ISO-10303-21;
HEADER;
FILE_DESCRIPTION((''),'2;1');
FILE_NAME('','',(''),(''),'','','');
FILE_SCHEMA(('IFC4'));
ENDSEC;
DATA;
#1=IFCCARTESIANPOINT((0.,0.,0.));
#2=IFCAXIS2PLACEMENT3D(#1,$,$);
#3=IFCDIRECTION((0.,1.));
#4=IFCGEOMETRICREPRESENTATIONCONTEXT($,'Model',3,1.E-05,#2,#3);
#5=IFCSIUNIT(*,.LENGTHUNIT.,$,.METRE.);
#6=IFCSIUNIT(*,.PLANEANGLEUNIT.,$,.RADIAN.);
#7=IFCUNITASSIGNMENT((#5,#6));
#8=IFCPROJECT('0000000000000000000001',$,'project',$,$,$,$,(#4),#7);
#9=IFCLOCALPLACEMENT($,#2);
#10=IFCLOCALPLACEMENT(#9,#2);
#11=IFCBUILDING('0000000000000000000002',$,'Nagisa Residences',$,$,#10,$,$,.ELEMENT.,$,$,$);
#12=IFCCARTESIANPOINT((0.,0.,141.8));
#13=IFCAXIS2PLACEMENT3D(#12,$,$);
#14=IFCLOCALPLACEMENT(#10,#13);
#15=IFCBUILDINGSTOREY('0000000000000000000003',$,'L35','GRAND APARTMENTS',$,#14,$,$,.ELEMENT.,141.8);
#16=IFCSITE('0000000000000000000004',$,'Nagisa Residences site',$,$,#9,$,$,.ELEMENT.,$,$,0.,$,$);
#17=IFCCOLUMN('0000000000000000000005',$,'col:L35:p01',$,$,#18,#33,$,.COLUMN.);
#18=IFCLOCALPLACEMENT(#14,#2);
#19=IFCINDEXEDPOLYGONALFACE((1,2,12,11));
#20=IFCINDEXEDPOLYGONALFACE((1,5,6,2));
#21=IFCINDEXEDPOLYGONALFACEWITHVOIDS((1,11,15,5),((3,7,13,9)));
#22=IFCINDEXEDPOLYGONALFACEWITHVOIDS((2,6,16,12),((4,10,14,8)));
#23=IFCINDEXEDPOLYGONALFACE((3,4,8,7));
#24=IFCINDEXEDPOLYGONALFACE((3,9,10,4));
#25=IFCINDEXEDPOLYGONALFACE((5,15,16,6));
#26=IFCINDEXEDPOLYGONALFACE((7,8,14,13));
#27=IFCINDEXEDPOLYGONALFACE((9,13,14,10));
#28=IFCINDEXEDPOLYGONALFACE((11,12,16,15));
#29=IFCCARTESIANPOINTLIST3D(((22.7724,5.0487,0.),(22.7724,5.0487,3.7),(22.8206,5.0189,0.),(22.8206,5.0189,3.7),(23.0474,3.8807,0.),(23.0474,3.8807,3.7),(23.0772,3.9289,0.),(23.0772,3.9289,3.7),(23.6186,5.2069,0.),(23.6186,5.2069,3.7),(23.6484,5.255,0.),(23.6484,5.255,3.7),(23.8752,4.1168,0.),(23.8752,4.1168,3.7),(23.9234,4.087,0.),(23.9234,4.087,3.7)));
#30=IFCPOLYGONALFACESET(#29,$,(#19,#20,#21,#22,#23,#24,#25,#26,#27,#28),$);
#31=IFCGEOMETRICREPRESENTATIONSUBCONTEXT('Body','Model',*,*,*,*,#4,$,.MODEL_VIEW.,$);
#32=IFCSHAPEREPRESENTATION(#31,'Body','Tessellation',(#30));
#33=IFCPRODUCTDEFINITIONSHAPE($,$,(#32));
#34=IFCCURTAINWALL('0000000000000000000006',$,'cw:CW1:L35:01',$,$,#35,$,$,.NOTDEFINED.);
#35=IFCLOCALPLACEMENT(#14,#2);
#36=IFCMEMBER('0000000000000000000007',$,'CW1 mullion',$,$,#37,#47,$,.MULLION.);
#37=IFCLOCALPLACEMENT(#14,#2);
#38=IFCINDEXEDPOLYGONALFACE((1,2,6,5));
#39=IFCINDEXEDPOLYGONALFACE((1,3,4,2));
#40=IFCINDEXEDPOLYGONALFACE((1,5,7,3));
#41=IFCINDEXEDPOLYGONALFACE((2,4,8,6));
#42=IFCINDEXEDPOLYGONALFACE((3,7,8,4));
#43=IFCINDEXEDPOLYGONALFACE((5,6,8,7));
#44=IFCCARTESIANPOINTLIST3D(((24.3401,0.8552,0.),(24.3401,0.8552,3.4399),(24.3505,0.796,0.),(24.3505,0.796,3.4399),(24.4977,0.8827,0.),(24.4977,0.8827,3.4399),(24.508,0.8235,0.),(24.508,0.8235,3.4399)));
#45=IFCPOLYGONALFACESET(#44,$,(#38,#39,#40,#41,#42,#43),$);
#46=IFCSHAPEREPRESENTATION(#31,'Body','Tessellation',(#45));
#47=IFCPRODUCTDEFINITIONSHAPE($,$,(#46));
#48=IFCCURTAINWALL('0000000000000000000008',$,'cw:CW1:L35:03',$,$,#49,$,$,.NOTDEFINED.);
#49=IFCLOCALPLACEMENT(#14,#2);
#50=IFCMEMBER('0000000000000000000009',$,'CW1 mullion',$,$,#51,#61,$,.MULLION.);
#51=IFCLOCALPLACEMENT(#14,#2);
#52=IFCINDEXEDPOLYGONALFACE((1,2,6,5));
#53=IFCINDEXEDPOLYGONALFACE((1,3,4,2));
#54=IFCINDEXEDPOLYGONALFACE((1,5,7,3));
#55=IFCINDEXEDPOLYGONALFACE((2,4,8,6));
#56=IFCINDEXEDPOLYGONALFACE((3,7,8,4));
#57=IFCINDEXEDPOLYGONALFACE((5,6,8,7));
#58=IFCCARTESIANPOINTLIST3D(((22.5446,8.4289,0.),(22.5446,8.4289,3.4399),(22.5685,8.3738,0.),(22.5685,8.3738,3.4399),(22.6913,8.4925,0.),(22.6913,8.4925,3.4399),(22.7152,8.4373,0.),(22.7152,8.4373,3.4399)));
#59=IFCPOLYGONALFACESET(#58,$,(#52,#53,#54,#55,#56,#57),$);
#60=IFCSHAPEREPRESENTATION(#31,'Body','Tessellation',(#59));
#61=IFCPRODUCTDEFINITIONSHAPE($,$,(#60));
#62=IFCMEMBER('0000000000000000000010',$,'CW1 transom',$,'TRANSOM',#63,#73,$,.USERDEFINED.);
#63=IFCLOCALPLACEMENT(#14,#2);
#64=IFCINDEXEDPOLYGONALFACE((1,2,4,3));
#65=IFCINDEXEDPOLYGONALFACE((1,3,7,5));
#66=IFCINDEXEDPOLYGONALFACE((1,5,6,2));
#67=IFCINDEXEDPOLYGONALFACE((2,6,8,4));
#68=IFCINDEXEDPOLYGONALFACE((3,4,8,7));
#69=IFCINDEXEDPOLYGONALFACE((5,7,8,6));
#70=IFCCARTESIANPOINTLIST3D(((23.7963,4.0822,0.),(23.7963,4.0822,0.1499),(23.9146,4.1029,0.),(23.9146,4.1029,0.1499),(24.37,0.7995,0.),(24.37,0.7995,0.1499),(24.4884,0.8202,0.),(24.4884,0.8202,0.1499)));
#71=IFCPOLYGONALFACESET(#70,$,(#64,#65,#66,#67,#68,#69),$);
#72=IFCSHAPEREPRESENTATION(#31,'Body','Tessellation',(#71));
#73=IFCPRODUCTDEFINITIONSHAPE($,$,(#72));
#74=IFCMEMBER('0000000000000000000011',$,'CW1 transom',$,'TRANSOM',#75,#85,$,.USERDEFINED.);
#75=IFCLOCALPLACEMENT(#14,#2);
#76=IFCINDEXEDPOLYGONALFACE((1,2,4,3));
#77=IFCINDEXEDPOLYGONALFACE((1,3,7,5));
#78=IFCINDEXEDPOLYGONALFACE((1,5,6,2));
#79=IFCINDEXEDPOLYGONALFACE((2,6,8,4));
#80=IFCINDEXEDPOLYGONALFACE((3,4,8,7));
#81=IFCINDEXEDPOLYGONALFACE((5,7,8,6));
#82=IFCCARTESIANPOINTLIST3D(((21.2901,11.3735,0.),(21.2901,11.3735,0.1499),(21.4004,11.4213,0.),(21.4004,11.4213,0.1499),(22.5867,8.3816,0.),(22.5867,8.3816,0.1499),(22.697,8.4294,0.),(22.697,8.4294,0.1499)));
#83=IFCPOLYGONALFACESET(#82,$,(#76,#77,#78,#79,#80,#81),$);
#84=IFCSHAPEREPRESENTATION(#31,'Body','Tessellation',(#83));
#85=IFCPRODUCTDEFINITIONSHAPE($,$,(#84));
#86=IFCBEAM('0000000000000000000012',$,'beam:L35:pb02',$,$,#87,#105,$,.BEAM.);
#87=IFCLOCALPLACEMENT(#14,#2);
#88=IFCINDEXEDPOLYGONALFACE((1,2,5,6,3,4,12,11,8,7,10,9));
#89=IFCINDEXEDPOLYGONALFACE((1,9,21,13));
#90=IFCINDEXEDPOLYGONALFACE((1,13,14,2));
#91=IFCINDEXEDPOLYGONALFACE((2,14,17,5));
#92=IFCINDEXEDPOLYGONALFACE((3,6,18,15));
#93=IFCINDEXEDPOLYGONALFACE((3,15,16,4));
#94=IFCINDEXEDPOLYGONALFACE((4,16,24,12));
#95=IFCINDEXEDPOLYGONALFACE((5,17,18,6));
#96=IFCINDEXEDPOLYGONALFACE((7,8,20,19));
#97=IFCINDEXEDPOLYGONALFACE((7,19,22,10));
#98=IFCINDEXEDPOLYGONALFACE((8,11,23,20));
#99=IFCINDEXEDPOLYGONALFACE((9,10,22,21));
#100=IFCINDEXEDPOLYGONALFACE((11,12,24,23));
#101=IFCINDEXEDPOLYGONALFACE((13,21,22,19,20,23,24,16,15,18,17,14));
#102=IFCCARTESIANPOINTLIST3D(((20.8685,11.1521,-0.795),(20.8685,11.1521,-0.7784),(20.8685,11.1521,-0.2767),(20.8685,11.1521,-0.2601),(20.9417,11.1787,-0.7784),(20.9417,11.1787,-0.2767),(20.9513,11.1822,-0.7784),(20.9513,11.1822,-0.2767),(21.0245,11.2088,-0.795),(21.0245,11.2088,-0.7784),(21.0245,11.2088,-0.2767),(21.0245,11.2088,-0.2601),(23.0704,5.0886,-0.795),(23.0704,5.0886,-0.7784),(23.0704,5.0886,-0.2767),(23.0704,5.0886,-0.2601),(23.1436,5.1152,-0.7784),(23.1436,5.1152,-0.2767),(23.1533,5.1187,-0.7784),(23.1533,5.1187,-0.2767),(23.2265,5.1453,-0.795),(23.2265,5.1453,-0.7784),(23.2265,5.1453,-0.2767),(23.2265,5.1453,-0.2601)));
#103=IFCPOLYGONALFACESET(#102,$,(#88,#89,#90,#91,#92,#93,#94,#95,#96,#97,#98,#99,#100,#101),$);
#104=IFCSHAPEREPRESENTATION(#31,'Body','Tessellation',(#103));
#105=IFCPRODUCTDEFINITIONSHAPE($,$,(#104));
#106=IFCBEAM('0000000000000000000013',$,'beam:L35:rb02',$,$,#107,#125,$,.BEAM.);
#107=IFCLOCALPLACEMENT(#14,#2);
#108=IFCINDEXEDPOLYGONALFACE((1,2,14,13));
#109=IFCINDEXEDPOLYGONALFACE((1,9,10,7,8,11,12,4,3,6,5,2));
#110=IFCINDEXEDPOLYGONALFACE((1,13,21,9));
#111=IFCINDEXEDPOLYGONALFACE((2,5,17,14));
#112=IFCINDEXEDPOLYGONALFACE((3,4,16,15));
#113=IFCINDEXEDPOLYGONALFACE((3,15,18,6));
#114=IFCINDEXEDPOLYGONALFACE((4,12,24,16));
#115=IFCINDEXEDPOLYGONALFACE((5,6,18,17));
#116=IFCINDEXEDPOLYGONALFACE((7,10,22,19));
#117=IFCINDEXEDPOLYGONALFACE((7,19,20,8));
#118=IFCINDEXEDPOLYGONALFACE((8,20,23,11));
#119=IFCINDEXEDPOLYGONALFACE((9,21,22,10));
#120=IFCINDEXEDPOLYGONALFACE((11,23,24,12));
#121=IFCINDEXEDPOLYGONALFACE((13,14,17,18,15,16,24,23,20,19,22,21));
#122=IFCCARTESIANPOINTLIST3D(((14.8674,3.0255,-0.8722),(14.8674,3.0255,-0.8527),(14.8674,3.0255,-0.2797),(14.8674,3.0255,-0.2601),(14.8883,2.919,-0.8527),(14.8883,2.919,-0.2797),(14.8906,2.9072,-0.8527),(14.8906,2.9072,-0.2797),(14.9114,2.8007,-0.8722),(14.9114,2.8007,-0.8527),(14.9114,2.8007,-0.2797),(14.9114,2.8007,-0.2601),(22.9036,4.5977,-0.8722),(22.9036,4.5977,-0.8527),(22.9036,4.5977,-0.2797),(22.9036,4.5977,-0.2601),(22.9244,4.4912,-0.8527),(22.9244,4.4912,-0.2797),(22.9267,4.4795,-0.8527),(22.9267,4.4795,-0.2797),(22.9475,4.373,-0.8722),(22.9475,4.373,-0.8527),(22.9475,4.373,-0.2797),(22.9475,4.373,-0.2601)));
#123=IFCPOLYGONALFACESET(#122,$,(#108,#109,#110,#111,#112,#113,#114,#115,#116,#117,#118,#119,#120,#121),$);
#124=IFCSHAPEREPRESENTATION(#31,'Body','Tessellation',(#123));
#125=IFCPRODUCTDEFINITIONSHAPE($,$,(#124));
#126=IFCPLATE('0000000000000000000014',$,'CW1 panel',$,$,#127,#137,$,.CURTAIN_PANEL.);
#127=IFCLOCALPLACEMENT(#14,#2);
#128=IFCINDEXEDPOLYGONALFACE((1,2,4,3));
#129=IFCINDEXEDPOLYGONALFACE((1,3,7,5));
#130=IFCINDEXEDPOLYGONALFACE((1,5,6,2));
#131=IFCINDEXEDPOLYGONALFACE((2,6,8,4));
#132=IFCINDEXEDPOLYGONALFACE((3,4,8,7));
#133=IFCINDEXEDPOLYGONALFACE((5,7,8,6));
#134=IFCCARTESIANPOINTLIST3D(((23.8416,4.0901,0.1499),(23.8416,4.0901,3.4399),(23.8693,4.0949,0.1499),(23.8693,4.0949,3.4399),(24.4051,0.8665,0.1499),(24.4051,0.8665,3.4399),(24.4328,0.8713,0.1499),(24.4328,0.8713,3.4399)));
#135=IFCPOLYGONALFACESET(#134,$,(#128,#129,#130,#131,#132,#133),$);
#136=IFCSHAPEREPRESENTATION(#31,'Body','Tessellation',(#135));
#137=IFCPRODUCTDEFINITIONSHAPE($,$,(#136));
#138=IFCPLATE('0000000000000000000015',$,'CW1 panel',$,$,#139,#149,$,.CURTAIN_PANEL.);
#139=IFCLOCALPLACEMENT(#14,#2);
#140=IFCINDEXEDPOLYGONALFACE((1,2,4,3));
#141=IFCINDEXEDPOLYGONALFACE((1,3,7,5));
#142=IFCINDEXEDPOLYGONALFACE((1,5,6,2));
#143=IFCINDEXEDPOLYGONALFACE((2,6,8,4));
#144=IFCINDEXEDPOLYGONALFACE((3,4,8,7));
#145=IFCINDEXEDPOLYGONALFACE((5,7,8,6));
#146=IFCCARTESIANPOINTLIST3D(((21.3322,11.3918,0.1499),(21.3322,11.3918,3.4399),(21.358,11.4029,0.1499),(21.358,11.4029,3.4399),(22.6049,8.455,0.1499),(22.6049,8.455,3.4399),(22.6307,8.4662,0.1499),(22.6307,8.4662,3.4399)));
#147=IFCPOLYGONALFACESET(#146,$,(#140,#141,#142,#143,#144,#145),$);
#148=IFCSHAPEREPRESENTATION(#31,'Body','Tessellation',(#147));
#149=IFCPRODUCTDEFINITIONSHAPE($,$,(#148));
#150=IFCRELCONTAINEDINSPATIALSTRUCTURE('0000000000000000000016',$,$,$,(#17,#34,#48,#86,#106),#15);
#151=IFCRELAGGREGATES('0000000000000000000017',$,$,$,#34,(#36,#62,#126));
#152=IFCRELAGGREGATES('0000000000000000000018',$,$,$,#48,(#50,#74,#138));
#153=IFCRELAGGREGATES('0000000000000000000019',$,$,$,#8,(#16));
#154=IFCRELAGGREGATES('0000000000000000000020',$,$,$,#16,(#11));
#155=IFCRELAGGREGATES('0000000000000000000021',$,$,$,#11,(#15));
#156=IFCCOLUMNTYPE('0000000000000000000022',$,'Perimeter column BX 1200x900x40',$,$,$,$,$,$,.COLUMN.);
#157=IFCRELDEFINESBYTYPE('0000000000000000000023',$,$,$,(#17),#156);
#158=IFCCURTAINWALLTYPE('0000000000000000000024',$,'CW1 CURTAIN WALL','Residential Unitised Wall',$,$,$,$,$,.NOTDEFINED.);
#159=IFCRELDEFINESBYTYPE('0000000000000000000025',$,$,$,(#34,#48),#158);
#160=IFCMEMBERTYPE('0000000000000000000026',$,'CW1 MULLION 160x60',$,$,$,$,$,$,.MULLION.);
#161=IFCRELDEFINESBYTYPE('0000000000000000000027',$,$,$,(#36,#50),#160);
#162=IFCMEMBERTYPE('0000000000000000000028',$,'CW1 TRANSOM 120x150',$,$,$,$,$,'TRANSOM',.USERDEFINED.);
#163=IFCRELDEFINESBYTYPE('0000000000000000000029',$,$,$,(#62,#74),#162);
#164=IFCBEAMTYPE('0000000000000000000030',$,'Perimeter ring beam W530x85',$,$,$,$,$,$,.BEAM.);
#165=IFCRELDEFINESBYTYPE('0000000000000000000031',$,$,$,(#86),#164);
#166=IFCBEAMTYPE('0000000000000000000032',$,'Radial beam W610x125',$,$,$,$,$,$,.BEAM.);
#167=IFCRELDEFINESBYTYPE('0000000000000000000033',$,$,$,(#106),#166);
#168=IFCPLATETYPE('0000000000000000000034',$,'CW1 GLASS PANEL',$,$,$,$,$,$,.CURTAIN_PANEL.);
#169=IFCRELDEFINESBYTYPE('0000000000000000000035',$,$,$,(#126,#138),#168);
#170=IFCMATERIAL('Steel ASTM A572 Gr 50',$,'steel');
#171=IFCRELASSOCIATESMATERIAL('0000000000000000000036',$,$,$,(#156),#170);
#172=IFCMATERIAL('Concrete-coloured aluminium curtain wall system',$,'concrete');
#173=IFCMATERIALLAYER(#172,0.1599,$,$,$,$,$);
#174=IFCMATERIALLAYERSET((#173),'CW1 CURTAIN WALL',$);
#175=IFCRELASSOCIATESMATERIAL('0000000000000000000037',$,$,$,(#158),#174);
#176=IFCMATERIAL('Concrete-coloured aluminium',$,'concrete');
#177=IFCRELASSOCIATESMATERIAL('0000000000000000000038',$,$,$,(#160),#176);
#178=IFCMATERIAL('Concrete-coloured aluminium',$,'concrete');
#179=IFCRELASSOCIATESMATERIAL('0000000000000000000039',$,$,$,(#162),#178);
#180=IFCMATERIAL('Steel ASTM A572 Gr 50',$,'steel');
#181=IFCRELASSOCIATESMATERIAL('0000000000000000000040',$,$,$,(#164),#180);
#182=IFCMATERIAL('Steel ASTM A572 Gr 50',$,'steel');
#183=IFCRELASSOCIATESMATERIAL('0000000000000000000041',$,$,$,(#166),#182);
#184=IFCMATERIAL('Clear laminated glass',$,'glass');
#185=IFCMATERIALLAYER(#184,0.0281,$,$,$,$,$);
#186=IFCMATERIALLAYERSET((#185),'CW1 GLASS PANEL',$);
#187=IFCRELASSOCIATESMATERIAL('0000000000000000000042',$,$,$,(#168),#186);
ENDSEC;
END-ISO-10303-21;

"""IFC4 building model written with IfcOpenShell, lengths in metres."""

from ifc_helpers import new_model, si_unit, direction, frame, origin, origin_2d, place, context, subcontext, project, spatial, rectangle, hollow_rectangle, i_section, extrude, material, layer, layer_set, material_profile, profile_set, type_object, element, aggregate, save


model = new_model("IFC4")

# Units and contexts
model_context = context("Model", 3, precision=1e-05, world=origin(), true_north=direction((0.0, 1.0)))
body_context = subcontext(model_context, "Body", "Model", "MODEL_VIEW")
ifc_project = project(units=[si_unit("LENGTHUNIT", "METRE"), si_unit("PLANEANGLEUNIT", "RADIAN")], contexts=[model_context])

# Site, building, storey
site_placement = place(None, origin())
site = spatial("IfcSite", under=ifc_project, at=site_placement, Name="Nagisa Residences site", CompositionType="ELEMENT", RefElevation=0.0)
building_placement = place(site_placement, origin())
building = spatial("IfcBuilding", under=site, at=building_placement, Name="Nagisa Residences", CompositionType="ELEMENT")
storey_placement = place(building_placement, frame((0.0, 0.0, 141.8)))
storey = spatial("IfcBuildingStorey", under=building, at=storey_placement, Name="L35", Description="GRAND APARTMENTS", CompositionType="ELEMENT", Elevation=141.8)

# Column
ifc_material_1 = material(Name="Steel ASTM A572 Gr 50", Category="steel")
ifc_material_profile_1 = material_profile(ifc_material_1, hollow_rectangle(XDim=1.2, YDim=0.8999, WallThickness=0.04, at=origin_2d()), Name="BX 1200x900x40")
ifc_profile_set_1 = profile_set([ifc_material_profile_1], Name="Steel ASTM A572 Gr 50")
column_type = type_object("IfcColumnType", Name="Perimeter column BX 1200x900x40", PredefinedType="COLUMN", material=ifc_profile_set_1)
column_placement = place(storey_placement, frame((23.3479, 4.5679, 0.0), z_axis=(0.0, 0.0, 1.0), x_axis=(-0.229202, 0.973379, 0.0)))
element("IfcColumn", 1, at=column_placement, inside=storey, type_object=column_type, Name="col:L35:p01", PredefinedType="COLUMN", context=body_context, shape_type="SweptSolid", body=[
    extrude(hollow_rectangle(XDim=1.2, YDim=0.8999, WallThickness=0.04, at=origin_2d()), origin(), (0.0, 0.0, 1.0), 3.7),
])

# Curtain walls, members
ifc_material_2 = material(Name="Concrete-coloured aluminium curtain wall system", Category="concrete")
ifc_layer_1 = layer(ifc_material_2, 0.1599)
ifc_layer_set_1 = layer_set([ifc_layer_1], Name="CW1 CURTAIN WALL")
curtain_wall_type = type_object("IfcCurtainWallType", Name="CW1 CURTAIN WALL", Description="Residential Unitised Wall", PredefinedType="NOTDEFINED", material=ifc_layer_set_1)
curtain_wall_1_placement = place(storey_placement, origin())
curtain_wall_1 = element("IfcCurtainWall", 2, at=curtain_wall_1_placement, inside=storey, type_object=curtain_wall_type, Name="cw:CW1:L35:01", PredefinedType="NOTDEFINED")
ifc_material_3 = material(Name="Concrete-coloured aluminium", Category="concrete")
ifc_material_profile_2 = material_profile(ifc_material_3, rectangle(XDim=0.1599, YDim=0.0601, at=origin_2d()), Name="CW1 MULLION 160x60")
ifc_profile_set_2 = profile_set([ifc_material_profile_2], Name="Concrete-coloured aluminium")
member_type_1 = type_object("IfcMemberType", Name="CW1 MULLION 160x60", PredefinedType="MULLION", material=ifc_profile_set_2)
member_1_placement = place(storey_placement, frame((24.4241, 0.8394, 0.0), z_axis=(0.0, 0.0, 1.0), x_axis=(-0.985064, -0.172191, 0.0)))
member_1 = element("IfcMember", 3, at=member_1_placement, type_object=member_type_1, Name="CW1 mullion", PredefinedType="MULLION", context=body_context, shape_type="SweptSolid", body=[
    extrude(rectangle(XDim=0.1599, YDim=0.0601, at=origin_2d()), origin(), (0.0, 0.0, 1.0), 3.4399),
])
curtain_wall_2_placement = place(storey_placement, origin())
curtain_wall_2 = element("IfcCurtainWall", 4, at=curtain_wall_2_placement, inside=storey, type_object=curtain_wall_type, Name="cw:CW1:L35:03", PredefinedType="NOTDEFINED")
member_2_placement = place(storey_placement, frame((22.6299, 8.4331, 0.0), z_axis=(0.0, 0.0, 1.0), x_axis=(-0.917543, -0.397636, 0.0)))
member_2 = element("IfcMember", 5, at=member_2_placement, type_object=member_type_1, Name="CW1 mullion", PredefinedType="MULLION", context=body_context, shape_type="SweptSolid", body=[
    extrude(rectangle(XDim=0.1599, YDim=0.0601, at=origin_2d()), origin(), (0.0, 0.0, 1.0), 3.4399),
])

# Members
ifc_material_4 = material(Name="Concrete-coloured aluminium", Category="concrete")
ifc_material_profile_3 = material_profile(ifc_material_4, rectangle(XDim=0.1201, YDim=0.1499, at=origin_2d()), Name="CW1 TRANSOM 120x150")
ifc_profile_set_3 = profile_set([ifc_material_profile_3], Name="Concrete-coloured aluminium")
member_type_2 = type_object("IfcMemberType", Name="CW1 TRANSOM 120x150", ElementType="TRANSOM", PredefinedType="USERDEFINED", material=ifc_profile_set_3)
member_3_placement = place(storey_placement, frame((24.4292, 0.8098, 0.075), z_axis=(-0.172164, 0.985068, 0.0), x_axis=(-0.985068, -0.172164, 0.0)))
member_3 = element("IfcMember", 6, at=member_3_placement, type_object=member_type_2, Name="CW1 transom", ObjectType="TRANSOM", PredefinedType="USERDEFINED", context=body_context, shape_type="SweptSolid", body=[
    extrude(rectangle(XDim=0.1201, YDim=0.1499, at=origin_2d()), origin(), (0.0, 0.0, 1.0), 3.3325),
])
member_4_placement = place(storey_placement, frame((22.6418, 8.4055, 0.075), z_axis=(-0.397639, 0.917542, 0.0), x_axis=(-0.917542, -0.397639, 0.0)))
member_4 = element("IfcMember", 7, at=member_4_placement, type_object=member_type_2, Name="CW1 transom", ObjectType="TRANSOM", PredefinedType="USERDEFINED", context=body_context, shape_type="SweptSolid", body=[
    extrude(rectangle(XDim=0.1201, YDim=0.1499, at=origin_2d()), origin(), (0.0, 0.0, 1.0), 3.2607),
])

# Beams
ifc_material_5 = material(Name="Steel ASTM A572 Gr 50", Category="steel")
ifc_material_profile_4 = material_profile(ifc_material_5, i_section(OverallWidth=0.166, OverallDepth=0.5349, WebThickness=0.0103, FlangeThickness=0.0166, at=origin_2d()), Name="W530x85")
ifc_profile_set_4 = profile_set([ifc_material_profile_4], Name="Steel ASTM A572 Gr 50")
beam_type_1 = type_object("IfcBeamType", Name="Perimeter ring beam W530x85", PredefinedType="BEAM", material=ifc_profile_set_4)
beam_1_placement = place(storey_placement, frame((23.1484, 5.1169, -0.5276), z_axis=(-0.341333, 0.939943, 0.0), x_axis=(-0.939943, -0.341333, 0.0)))
element("IfcBeam", 8, at=beam_1_placement, inside=storey, type_object=beam_type_1, Name="beam:L35:pb02", PredefinedType="BEAM", context=body_context, shape_type="SweptSolid", body=[
    extrude(i_section(OverallWidth=0.166, OverallDepth=0.5349, WebThickness=0.0103, FlangeThickness=0.0166, at=origin_2d()), origin(), (0.0, 0.0, 1.0), 6.4509),
])
ifc_material_6 = material(Name="Steel ASTM A572 Gr 50", Category="steel")
ifc_material_profile_5 = material_profile(ifc_material_6, i_section(OverallWidth=0.229, OverallDepth=0.6121, WebThickness=0.012, FlangeThickness=0.0195, at=origin_2d()), Name="W610x125")
ifc_profile_set_5 = profile_set([ifc_material_profile_5], Name="Steel ASTM A572 Gr 50")
beam_type_2 = type_object("IfcBeamType", Name="Radial beam W610x125", PredefinedType="BEAM", material=ifc_profile_set_5)
beam_2_placement = place(storey_placement, frame((22.9255, 4.4854, -0.5662), z_axis=(-0.981393, -0.192009, 0.0), x_axis=(0.192009, -0.981393, 0.0)))
element("IfcBeam", 9, at=beam_2_placement, inside=storey, type_object=beam_type_2, Name="beam:L35:rb02", PredefinedType="BEAM", context=body_context, shape_type="SweptSolid", body=[
    extrude(i_section(OverallWidth=0.229, OverallDepth=0.6121, WebThickness=0.012, FlangeThickness=0.0195, at=origin_2d()), origin(), (0.0, 0.0, 1.0), 8.1885),
])

# Plates
ifc_material_7 = material(Name="Clear laminated glass", Category="glass")
ifc_layer_2 = layer(ifc_material_7, 0.0281)
ifc_layer_set_2 = layer_set([ifc_layer_2], Name="CW1 GLASS PANEL")
plate_type = type_object("IfcPlateType", Name="CW1 GLASS PANEL", PredefinedType="CURTAIN_PANEL", material=ifc_layer_set_2)
plate_1_placement = place(storey_placement, frame((24.1372, 2.4807, 0.1499), z_axis=(0.0, 0.0, 1.0), x_axis=(-0.172191, 0.985064, 0.0)))
plate_1 = element("IfcPlate", 10, at=plate_1_placement, type_object=plate_type, Name="CW1 panel", PredefinedType="CURTAIN_PANEL", context=body_context, shape_type="SweptSolid", body=[
    extrude(rectangle(XDim=3.2725, YDim=0.0281, at=origin_2d()), origin(), (0.0, 0.0, 1.0), 3.29),
])
aggregate(curtain_wall_1, [member_1, member_3, plate_1])
plate_2_placement = place(storey_placement, frame((21.9814, 9.929, 0.1499), z_axis=(0.0, 0.0, 1.0), x_axis=(-0.397636, 0.917543, 0.0)))
plate_2 = element("IfcPlate", 11, at=plate_2_placement, type_object=plate_type, Name="CW1 panel", PredefinedType="CURTAIN_PANEL", context=body_context, shape_type="SweptSolid", body=[
    extrude(rectangle(XDim=3.2007, YDim=0.0281, at=origin_2d()), origin(), (0.0, 0.0, 1.0), 3.29),
])
aggregate(curtain_wall_2, [member_2, member_4, plate_2])

save(model, "model.ifc")
